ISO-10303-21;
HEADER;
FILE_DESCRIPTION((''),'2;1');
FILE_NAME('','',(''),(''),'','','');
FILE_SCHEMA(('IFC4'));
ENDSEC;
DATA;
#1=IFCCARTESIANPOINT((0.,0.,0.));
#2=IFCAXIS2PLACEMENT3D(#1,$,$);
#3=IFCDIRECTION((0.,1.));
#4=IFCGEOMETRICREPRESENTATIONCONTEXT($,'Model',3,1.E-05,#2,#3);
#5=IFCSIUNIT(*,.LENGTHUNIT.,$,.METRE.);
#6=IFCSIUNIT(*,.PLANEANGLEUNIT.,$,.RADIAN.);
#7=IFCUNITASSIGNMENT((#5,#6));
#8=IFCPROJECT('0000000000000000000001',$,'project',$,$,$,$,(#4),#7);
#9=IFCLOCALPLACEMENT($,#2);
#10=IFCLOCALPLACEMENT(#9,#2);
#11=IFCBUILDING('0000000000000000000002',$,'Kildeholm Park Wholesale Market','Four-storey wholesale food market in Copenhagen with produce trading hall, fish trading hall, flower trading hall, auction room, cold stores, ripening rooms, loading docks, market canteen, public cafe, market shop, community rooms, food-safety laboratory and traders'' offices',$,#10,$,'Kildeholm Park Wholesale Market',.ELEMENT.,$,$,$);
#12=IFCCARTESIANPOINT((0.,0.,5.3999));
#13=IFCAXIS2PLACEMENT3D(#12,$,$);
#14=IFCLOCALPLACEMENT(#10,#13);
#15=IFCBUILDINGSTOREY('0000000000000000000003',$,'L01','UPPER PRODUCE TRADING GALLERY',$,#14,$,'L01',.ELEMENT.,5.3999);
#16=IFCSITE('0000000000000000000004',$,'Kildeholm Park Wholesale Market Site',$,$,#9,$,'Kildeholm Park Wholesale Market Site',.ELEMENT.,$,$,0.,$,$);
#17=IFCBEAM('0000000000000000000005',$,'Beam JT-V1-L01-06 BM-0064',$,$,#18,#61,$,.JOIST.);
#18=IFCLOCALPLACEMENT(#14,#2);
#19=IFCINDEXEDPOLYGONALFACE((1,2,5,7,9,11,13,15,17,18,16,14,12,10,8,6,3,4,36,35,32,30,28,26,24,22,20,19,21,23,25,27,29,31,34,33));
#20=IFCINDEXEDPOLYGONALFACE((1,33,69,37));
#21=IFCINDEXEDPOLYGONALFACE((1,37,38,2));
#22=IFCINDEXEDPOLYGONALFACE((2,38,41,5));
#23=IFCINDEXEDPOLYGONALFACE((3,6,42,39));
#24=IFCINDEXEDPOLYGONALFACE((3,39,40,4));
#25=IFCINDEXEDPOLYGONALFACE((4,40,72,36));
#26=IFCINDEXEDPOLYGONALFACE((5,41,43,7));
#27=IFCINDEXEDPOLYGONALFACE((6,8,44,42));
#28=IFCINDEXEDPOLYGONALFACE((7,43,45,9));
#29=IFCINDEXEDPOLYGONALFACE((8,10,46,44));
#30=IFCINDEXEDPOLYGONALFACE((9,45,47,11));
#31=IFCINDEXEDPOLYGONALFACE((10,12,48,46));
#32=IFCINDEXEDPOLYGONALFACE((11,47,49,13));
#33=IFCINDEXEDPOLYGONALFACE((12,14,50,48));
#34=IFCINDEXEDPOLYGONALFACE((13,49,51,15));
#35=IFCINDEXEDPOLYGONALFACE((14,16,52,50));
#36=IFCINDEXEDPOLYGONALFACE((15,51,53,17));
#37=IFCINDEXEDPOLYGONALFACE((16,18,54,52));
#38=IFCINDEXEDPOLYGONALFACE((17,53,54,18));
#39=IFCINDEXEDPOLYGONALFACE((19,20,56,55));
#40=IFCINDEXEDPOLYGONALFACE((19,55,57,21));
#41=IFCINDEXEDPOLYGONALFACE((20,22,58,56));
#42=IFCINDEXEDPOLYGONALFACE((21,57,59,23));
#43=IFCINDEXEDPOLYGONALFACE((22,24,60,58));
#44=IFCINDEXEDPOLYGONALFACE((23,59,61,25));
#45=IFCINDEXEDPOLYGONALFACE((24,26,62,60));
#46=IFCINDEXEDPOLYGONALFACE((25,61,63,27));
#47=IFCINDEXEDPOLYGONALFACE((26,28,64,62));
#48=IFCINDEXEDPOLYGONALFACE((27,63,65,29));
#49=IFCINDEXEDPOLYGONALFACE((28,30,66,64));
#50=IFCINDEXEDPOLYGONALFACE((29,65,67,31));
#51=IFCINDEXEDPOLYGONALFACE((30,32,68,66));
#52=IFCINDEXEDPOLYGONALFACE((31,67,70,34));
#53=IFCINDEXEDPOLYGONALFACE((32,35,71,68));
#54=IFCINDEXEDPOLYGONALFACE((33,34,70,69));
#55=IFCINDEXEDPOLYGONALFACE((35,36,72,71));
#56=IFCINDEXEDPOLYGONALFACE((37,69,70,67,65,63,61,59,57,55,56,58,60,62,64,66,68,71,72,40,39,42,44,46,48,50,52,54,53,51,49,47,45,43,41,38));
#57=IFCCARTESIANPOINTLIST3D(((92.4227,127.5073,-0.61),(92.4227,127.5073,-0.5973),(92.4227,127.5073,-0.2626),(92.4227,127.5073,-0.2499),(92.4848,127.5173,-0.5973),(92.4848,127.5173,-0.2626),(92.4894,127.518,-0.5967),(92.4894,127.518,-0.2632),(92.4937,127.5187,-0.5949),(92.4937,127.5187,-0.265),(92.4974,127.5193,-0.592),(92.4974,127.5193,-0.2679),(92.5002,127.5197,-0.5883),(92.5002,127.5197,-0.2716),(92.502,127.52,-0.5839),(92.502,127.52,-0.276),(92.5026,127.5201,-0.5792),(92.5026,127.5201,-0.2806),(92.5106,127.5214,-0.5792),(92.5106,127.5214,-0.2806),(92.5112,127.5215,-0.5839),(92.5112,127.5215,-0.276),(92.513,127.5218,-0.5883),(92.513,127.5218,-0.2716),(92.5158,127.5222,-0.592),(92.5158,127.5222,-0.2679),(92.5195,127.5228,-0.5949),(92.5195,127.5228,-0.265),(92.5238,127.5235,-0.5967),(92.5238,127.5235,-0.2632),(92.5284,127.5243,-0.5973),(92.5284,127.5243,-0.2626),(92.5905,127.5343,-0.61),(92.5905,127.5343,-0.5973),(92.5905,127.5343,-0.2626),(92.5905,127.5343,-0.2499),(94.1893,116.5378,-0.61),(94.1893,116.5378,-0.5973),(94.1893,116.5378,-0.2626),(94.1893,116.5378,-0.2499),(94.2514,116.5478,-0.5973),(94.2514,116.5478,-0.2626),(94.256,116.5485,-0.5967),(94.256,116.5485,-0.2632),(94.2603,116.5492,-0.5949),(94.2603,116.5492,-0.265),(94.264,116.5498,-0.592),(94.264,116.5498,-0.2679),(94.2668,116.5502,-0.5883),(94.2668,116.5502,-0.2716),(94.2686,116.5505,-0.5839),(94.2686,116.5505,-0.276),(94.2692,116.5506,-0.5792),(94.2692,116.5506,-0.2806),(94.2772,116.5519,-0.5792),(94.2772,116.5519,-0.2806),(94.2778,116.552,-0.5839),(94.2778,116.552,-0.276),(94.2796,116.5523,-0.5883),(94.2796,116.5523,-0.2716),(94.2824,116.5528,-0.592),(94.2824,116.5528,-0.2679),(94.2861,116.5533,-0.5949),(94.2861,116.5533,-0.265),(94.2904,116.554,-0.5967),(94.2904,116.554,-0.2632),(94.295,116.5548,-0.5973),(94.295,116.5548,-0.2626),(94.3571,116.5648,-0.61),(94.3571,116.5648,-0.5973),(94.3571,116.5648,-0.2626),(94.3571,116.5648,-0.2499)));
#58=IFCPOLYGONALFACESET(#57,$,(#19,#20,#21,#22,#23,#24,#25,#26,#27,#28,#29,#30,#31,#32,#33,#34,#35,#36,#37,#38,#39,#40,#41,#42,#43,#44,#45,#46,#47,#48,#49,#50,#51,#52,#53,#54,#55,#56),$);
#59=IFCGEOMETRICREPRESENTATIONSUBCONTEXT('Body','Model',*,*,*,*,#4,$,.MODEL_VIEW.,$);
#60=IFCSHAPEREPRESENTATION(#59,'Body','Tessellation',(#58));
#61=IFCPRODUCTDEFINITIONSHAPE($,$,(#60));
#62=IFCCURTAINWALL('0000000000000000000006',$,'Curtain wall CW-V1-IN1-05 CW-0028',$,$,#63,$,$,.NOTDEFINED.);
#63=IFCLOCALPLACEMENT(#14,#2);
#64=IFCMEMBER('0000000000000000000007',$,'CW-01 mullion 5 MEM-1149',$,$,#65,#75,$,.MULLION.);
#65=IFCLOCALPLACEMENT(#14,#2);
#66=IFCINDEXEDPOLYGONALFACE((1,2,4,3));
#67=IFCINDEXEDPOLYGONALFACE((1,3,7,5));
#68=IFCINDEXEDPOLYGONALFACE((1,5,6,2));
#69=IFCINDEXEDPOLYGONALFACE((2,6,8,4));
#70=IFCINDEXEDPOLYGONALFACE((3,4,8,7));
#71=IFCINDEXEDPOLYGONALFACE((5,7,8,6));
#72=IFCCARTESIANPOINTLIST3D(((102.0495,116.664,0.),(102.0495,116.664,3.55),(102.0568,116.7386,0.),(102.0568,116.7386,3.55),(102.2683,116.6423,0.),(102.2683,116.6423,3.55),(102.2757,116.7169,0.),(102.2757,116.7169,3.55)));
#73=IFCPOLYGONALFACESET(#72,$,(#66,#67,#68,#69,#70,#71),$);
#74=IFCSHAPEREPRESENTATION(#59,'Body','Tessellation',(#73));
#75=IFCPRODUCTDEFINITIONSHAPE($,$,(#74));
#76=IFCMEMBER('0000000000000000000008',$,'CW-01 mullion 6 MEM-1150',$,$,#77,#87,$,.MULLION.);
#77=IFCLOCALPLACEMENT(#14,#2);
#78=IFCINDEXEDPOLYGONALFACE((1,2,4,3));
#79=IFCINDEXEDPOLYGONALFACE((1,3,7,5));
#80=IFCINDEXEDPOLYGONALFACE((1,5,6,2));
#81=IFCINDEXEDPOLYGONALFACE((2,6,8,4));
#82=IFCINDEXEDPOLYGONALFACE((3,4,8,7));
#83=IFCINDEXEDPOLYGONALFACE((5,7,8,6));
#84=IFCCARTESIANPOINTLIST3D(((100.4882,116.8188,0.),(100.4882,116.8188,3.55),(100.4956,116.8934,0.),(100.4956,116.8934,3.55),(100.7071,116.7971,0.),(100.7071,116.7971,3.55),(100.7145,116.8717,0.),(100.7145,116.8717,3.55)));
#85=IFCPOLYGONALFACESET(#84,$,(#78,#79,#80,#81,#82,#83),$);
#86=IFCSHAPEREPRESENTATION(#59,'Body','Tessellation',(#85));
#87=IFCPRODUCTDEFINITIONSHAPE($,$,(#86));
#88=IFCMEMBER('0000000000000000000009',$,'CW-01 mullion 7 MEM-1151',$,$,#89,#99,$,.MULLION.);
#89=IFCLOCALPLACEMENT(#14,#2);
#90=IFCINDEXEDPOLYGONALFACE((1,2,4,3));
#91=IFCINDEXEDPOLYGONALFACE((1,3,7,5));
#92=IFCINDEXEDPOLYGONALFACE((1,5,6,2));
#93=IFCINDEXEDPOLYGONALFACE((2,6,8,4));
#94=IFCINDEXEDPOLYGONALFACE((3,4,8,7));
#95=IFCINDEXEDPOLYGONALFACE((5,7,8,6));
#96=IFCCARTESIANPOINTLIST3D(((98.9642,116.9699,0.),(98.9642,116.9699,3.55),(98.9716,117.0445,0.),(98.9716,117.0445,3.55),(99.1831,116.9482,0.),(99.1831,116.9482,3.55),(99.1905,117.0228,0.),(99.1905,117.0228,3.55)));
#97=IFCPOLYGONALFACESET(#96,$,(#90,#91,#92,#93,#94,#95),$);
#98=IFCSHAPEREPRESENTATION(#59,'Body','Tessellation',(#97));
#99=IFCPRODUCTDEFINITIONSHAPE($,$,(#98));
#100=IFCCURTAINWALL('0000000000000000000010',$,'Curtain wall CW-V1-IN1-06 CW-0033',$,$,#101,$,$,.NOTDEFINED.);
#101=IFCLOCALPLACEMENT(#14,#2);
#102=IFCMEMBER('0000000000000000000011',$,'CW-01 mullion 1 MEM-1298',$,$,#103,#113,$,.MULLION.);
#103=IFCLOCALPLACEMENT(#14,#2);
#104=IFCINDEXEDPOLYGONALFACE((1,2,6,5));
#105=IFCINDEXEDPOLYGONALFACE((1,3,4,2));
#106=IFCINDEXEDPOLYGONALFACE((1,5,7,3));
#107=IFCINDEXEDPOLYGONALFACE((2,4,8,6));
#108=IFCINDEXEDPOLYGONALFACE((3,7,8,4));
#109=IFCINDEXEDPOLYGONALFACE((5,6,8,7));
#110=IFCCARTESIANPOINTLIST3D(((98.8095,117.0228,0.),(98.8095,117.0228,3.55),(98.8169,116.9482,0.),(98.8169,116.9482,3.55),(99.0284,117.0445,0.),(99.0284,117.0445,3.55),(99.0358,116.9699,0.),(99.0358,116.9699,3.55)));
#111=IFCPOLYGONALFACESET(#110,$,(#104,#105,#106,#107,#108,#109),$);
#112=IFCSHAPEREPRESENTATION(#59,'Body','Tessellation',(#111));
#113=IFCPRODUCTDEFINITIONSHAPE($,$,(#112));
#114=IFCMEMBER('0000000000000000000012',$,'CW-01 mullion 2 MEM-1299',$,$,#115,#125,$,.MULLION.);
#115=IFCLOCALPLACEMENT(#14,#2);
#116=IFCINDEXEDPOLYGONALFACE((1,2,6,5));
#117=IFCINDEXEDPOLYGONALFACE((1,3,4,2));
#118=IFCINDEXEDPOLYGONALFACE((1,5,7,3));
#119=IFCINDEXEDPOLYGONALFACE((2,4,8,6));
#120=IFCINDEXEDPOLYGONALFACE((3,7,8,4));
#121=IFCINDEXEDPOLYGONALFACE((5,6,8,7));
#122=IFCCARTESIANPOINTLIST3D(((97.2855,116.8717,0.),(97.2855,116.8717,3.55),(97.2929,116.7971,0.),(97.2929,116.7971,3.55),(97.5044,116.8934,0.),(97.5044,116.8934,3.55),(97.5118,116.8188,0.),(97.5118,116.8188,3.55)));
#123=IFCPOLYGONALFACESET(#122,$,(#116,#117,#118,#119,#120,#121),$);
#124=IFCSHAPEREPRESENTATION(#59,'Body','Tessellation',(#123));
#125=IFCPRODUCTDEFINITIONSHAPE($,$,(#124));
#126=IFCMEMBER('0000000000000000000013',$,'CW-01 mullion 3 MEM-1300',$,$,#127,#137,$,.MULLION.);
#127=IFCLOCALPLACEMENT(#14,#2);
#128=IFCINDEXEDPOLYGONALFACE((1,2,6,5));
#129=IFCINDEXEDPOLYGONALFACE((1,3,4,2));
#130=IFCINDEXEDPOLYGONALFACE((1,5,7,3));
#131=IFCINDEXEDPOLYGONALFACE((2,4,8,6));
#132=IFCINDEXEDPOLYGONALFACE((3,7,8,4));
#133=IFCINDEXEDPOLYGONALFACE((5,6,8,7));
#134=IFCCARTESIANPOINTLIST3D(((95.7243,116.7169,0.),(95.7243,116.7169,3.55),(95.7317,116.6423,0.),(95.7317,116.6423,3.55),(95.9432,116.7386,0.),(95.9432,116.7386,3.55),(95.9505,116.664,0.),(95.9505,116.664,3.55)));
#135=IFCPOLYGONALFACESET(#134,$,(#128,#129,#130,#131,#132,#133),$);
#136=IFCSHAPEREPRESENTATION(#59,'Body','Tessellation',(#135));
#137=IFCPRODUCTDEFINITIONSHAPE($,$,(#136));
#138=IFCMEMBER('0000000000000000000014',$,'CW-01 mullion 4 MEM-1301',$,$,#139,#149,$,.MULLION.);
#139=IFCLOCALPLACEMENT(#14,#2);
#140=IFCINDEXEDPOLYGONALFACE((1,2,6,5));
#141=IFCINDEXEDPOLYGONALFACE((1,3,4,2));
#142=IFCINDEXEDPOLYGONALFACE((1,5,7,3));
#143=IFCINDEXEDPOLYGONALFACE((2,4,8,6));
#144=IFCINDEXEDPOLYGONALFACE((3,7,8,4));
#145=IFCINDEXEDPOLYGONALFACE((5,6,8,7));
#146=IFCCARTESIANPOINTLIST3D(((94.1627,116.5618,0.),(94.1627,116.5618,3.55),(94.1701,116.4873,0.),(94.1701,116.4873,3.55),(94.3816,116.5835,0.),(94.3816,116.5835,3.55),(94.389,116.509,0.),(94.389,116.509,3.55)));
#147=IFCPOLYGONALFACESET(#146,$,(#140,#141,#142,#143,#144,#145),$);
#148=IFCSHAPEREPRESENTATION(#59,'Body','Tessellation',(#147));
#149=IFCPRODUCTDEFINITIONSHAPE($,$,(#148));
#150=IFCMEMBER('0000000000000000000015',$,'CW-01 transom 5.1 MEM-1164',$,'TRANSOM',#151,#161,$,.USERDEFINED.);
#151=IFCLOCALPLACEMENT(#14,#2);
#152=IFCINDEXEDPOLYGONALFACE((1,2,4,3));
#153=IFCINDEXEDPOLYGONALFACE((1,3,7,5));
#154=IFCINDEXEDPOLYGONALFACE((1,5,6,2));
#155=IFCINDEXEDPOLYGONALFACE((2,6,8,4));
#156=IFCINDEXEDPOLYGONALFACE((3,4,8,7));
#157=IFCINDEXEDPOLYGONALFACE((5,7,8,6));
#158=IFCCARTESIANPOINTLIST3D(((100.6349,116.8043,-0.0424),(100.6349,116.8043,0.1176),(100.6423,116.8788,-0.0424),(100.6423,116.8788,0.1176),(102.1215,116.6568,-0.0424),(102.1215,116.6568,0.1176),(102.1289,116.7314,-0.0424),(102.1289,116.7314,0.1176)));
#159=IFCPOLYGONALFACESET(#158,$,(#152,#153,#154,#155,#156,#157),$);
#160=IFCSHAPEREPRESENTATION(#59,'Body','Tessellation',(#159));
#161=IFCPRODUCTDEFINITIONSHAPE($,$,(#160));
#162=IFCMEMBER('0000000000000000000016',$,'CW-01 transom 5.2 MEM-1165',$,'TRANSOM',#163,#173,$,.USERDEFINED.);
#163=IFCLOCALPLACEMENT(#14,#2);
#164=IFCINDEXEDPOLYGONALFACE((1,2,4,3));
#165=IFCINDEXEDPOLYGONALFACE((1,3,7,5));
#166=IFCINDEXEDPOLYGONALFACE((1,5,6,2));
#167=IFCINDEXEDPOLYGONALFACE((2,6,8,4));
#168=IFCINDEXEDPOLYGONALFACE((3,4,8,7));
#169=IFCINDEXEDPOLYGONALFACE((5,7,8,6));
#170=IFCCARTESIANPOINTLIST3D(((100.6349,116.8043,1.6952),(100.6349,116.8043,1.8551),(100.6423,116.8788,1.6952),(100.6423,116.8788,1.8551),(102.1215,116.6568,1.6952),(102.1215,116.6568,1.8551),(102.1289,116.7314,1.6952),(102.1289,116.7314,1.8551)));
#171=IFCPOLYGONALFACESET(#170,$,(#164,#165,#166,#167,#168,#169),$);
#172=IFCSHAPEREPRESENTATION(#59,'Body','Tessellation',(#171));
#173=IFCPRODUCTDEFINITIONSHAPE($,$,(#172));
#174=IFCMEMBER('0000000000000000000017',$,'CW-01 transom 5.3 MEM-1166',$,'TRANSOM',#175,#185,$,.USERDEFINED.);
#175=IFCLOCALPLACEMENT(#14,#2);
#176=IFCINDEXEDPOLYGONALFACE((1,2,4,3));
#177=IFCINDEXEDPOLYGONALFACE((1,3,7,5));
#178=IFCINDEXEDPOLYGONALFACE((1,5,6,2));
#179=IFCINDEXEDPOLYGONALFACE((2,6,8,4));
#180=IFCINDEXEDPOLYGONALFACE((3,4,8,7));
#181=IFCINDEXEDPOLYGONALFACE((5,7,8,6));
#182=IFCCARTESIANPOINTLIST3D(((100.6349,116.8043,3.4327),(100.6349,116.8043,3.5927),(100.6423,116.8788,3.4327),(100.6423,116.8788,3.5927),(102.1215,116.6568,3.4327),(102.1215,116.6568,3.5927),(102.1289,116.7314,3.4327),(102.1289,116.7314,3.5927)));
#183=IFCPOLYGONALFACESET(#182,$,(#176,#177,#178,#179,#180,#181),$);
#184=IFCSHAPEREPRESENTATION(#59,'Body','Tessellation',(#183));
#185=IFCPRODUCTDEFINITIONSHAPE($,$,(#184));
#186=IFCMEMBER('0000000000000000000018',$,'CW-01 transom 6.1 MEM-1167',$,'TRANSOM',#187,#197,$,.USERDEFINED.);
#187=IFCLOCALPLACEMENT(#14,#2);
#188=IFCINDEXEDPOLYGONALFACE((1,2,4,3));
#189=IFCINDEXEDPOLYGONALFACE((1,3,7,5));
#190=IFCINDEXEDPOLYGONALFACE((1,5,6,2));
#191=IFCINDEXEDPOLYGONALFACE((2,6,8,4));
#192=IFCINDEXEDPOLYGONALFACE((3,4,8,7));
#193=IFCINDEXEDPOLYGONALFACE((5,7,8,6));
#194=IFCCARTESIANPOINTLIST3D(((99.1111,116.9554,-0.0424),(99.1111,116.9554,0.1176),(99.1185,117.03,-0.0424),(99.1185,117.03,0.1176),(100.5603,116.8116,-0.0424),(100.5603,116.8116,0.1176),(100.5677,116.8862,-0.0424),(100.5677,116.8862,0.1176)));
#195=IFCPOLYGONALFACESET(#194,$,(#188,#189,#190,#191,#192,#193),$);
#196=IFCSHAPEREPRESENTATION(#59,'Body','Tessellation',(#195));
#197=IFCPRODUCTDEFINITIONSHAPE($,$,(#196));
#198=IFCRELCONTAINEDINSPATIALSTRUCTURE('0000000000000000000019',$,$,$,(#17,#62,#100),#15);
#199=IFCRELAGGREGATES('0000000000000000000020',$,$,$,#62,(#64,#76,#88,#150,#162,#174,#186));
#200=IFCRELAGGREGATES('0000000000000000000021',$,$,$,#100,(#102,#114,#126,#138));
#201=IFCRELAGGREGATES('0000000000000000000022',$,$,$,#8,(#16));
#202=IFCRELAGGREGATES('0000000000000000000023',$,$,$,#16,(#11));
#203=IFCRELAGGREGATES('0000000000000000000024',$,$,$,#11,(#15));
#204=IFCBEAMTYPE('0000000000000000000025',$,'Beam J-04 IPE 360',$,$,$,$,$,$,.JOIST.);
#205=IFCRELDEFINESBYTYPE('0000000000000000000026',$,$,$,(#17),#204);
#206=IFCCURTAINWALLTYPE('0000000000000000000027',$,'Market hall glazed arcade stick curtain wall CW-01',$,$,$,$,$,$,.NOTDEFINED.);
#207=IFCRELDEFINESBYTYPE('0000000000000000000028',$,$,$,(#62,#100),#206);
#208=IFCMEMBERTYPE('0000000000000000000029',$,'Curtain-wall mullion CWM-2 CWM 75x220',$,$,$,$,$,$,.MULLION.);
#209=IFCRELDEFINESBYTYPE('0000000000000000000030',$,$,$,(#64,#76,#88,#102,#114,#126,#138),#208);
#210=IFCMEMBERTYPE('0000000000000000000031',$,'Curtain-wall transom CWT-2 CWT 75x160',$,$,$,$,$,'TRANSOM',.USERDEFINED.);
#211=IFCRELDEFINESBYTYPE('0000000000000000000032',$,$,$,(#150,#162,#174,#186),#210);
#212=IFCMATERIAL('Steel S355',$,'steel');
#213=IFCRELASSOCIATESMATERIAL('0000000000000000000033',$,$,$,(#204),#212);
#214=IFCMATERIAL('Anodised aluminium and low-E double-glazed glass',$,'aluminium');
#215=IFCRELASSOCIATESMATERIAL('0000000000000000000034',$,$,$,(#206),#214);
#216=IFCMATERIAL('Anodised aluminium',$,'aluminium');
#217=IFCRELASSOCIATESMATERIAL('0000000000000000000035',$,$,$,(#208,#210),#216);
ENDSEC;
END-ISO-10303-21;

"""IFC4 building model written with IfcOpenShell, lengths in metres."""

from ifc_helpers import new_model, si_unit, direction, frame, origin, origin_2d, place, context, subcontext, project, spatial, rectangle, i_section, extrude, material, material_profile, profile_set, type_object, element, aggregate, save


model = new_model("IFC4")

# Units and contexts
model_context = context("Model", 3, precision=1e-05, world=origin(), true_north=direction((0.0, 1.0)))
body_context = subcontext(model_context, "Body", "Model", "MODEL_VIEW")
ifc_project = project(units=[si_unit("LENGTHUNIT", "METRE"), si_unit("PLANEANGLEUNIT", "RADIAN")], contexts=[model_context])

# Site, building, storey
site_placement = place(None, origin())
site = spatial("IfcSite", under=ifc_project, at=site_placement, Name="Kildeholm Park Wholesale Market Site", LongName="Kildeholm Park Wholesale Market Site", CompositionType="ELEMENT", RefElevation=0.0)
building_placement = place(site_placement, origin())
building = spatial("IfcBuilding", under=site, at=building_placement, Name="Kildeholm Park Wholesale Market", Description="Four-storey wholesale food market in Copenhagen with produce trading hall, fish trading hall, flower trading hall, auction room, cold stores, ripening rooms, loading docks, market canteen, public cafe, market shop, community rooms, food-safety laboratory and traders' offices", LongName="Kildeholm Park Wholesale Market", CompositionType="ELEMENT")
storey_placement = place(building_placement, frame((0.0, 0.0, 5.3999)))
storey = spatial("IfcBuildingStorey", under=building, at=storey_placement, Name="L01", Description="UPPER PRODUCE TRADING GALLERY", LongName="L01", CompositionType="ELEMENT", Elevation=5.3999)

# Shared definitions
ifc_material_1 = material(Name="Steel S355", Category="steel")

# Beam
ifc_material_profile_1 = material_profile(ifc_material_1, i_section(OverallWidth=0.1699, OverallDepth=0.3601, WebThickness=0.0081, FlangeThickness=0.0127, FilletRadius=0.0181, at=origin_2d()), Name="IPE 360")
ifc_profile_set_1 = profile_set([ifc_material_profile_1], Name="Steel S355")
beam_type_1 = type_object("IfcBeamType", Name="Beam J-04 IPE 360", PredefinedType="JOIST", material=ifc_profile_set_1)
beam_1_placement = place(storey_placement, frame((94.2732, 116.5513, -0.4299), z_axis=(-0.158998, 0.987279, 0.0), x_axis=(-0.987279, -0.158998, 0.0)))
element("IfcBeam", 1, at=beam_1_placement, inside=storey, type_object=beam_type_1, Name="Beam JT-V1-L01-06 BM-0064", PredefinedType="JOIST", context=body_context, shape_type="SweptSolid", body=[
    extrude(i_section(OverallWidth=0.1699, OverallDepth=0.3601, WebThickness=0.0081, FlangeThickness=0.0127, FilletRadius=0.0181, at=origin_2d()), origin(), (0.0, 0.0, 1.0), 11.1108),
])

# Curtain walls, members
ifc_material_2 = material(Name="Anodised aluminium and low-E double-glazed glass", Category="aluminium")
curtain_wall_type = type_object("IfcCurtainWallType", Name="Market hall glazed arcade stick curtain wall CW-01", PredefinedType="NOTDEFINED", material=ifc_material_2)
curtain_wall_1_placement = place(storey_placement, origin())
curtain_wall_1 = element("IfcCurtainWall", 2, at=curtain_wall_1_placement, inside=storey, type_object=curtain_wall_type, Name="Curtain wall CW-V1-IN1-05 CW-0028", PredefinedType="NOTDEFINED")
ifc_material_3 = material(Name="Anodised aluminium", Category="aluminium")
ifc_material_profile_2 = material_profile(ifc_material_3, rectangle(XDim=0.075, YDim=0.22, at=origin_2d()), Name="CWM 75x220")
ifc_profile_set_2 = profile_set([ifc_material_profile_2], Name="Anodised aluminium")
member_type_1 = type_object("IfcMemberType", Name="Curtain-wall mullion CWM-2 CWM 75x220", PredefinedType="MULLION", material=ifc_profile_set_2)
member_1_placement = place(storey_placement, frame((102.1626, 116.6904, 0.0), z_axis=(0.0, 0.0, 1.0), x_axis=(-0.098683, -0.995119, 0.0)))
member_1 = element("IfcMember", 3, at=member_1_placement, type_object=member_type_1, Name="CW-01 mullion 5 MEM-1149", PredefinedType="MULLION", context=body_context, shape_type="SweptSolid", body=[
    extrude(rectangle(XDim=0.075, YDim=0.22, at=origin_2d()), origin(), (0.0, 0.0, 1.0), 3.55),
])
member_2_placement = place(storey_placement, frame((100.6013, 116.8452, 0.0), z_axis=(0.0, 0.0, 1.0), x_axis=(-0.098683, -0.995119, 0.0)))
member_2 = element("IfcMember", 4, at=member_2_placement, type_object=member_type_1, Name="CW-01 mullion 6 MEM-1150", PredefinedType="MULLION", context=body_context, shape_type="SweptSolid", body=[
    extrude(rectangle(XDim=0.075, YDim=0.22, at=origin_2d()), origin(), (0.0, 0.0, 1.0), 3.55),
])
member_3_placement = place(storey_placement, frame((99.0774, 116.9963, 0.0), z_axis=(0.0, 0.0, 1.0), x_axis=(-0.098683, -0.995119, 0.0)))
member_3 = element("IfcMember", 5, at=member_3_placement, type_object=member_type_1, Name="CW-01 mullion 7 MEM-1151", PredefinedType="MULLION", context=body_context, shape_type="SweptSolid", body=[
    extrude(rectangle(XDim=0.075, YDim=0.22, at=origin_2d()), origin(), (0.0, 0.0, 1.0), 3.55),
])
curtain_wall_2_placement = place(storey_placement, origin())
curtain_wall_2 = element("IfcCurtainWall", 6, at=curtain_wall_2_placement, inside=storey, type_object=curtain_wall_type, Name="Curtain wall CW-V1-IN1-06 CW-0033", PredefinedType="NOTDEFINED")
member_4_placement = place(storey_placement, frame((98.9226, 116.9963, 0.0), z_axis=(0.0, 0.0, 1.0), x_axis=(0.098683, -0.995119, 0.0)))
member_4 = element("IfcMember", 7, at=member_4_placement, type_object=member_type_1, Name="CW-01 mullion 1 MEM-1298", PredefinedType="MULLION", context=body_context, shape_type="SweptSolid", body=[
    extrude(rectangle(XDim=0.075, YDim=0.22, at=origin_2d()), origin(), (0.0, 0.0, 1.0), 3.55),
])
member_5_placement = place(storey_placement, frame((97.3987, 116.8452, 0.0), z_axis=(0.0, 0.0, 1.0), x_axis=(0.098683, -0.995119, 0.0)))
member_5 = element("IfcMember", 8, at=member_5_placement, type_object=member_type_1, Name="CW-01 mullion 2 MEM-1299", PredefinedType="MULLION", context=body_context, shape_type="SweptSolid", body=[
    extrude(rectangle(XDim=0.075, YDim=0.22, at=origin_2d()), origin(), (0.0, 0.0, 1.0), 3.55),
])
member_6_placement = place(storey_placement, frame((95.8374, 116.6904, 0.0), z_axis=(0.0, 0.0, 1.0), x_axis=(0.098683, -0.995119, 0.0)))
member_6 = element("IfcMember", 9, at=member_6_placement, type_object=member_type_1, Name="CW-01 mullion 3 MEM-1300", PredefinedType="MULLION", context=body_context, shape_type="SweptSolid", body=[
    extrude(rectangle(XDim=0.075, YDim=0.22, at=origin_2d()), origin(), (0.0, 0.0, 1.0), 3.55),
])
member_7_placement = place(storey_placement, frame((94.2759, 116.5354, 0.0), z_axis=(0.0, 0.0, 1.0), x_axis=(0.098683, -0.995119, 0.0)))
member_7 = element("IfcMember", 10, at=member_7_placement, type_object=member_type_1, Name="CW-01 mullion 4 MEM-1301", PredefinedType="MULLION", context=body_context, shape_type="SweptSolid", body=[
    extrude(rectangle(XDim=0.075, YDim=0.22, at=origin_2d()), origin(), (0.0, 0.0, 1.0), 3.55),
])

# Members
ifc_material_profile_3 = material_profile(ifc_material_3, rectangle(XDim=0.075, YDim=0.1599, at=origin_2d()), Name="CWT 75x160")
ifc_profile_set_3 = profile_set([ifc_material_profile_3], Name="Anodised aluminium")
member_type_2 = type_object("IfcMemberType", Name="Curtain-wall transom CWT-2 CWT 75x160", ElementType="TRANSOM", PredefinedType="USERDEFINED", material=ifc_profile_set_3)
member_8_placement = place(storey_placement, frame((102.1252, 116.6941, 0.0376), z_axis=(-0.995116, 0.098711, 0.0), x_axis=(-0.098711, -0.995116, 0.0)))
member_8 = element("IfcMember", 11, at=member_8_placement, type_object=member_type_2, Name="CW-01 transom 5.1 MEM-1164", ObjectType="TRANSOM", PredefinedType="USERDEFINED", context=body_context, shape_type="SweptSolid", body=[
    extrude(rectangle(XDim=0.075, YDim=0.1599, at=origin_2d()), origin(), (0.0, 0.0, 1.0), 1.4939),
])
member_9_placement = place(storey_placement, frame((102.1252, 116.6941, 1.7751), z_axis=(-0.995116, 0.098711, 0.0), x_axis=(-0.098711, -0.995116, 0.0)))
member_9 = element("IfcMember", 12, at=member_9_placement, type_object=member_type_2, Name="CW-01 transom 5.2 MEM-1165", ObjectType="TRANSOM", PredefinedType="USERDEFINED", context=body_context, shape_type="SweptSolid", body=[
    extrude(rectangle(XDim=0.075, YDim=0.1599, at=origin_2d()), origin(), (0.0, 0.0, 1.0), 1.4939),
])
member_10_placement = place(storey_placement, frame((102.1252, 116.6941, 3.5127), z_axis=(-0.995116, 0.098711, 0.0), x_axis=(-0.098711, -0.995116, 0.0)))
member_10 = element("IfcMember", 13, at=member_10_placement, type_object=member_type_2, Name="CW-01 transom 5.3 MEM-1166", ObjectType="TRANSOM", PredefinedType="USERDEFINED", context=body_context, shape_type="SweptSolid", body=[
    extrude(rectangle(XDim=0.075, YDim=0.1599, at=origin_2d()), origin(), (0.0, 0.0, 1.0), 1.4939),
])
member_11_placement = place(storey_placement, frame((100.564, 116.8489, 0.0376), z_axis=(-0.995113, 0.09874, 0.0), x_axis=(-0.09874, -0.995113, 0.0)))
member_11 = element("IfcMember", 14, at=member_11_placement, type_object=member_type_2, Name="CW-01 transom 6.1 MEM-1167", ObjectType="TRANSOM", PredefinedType="USERDEFINED", context=body_context, shape_type="SweptSolid", body=[
    extrude(rectangle(XDim=0.075, YDim=0.1599, at=origin_2d()), origin(), (0.0, 0.0, 1.0), 1.4563),
])

aggregate(curtain_wall_1, [member_1, member_2, member_3, member_8, member_9, member_10, member_11])
aggregate(curtain_wall_2, [member_4, member_5, member_6, member_7])

save(model, "model.ifc")
